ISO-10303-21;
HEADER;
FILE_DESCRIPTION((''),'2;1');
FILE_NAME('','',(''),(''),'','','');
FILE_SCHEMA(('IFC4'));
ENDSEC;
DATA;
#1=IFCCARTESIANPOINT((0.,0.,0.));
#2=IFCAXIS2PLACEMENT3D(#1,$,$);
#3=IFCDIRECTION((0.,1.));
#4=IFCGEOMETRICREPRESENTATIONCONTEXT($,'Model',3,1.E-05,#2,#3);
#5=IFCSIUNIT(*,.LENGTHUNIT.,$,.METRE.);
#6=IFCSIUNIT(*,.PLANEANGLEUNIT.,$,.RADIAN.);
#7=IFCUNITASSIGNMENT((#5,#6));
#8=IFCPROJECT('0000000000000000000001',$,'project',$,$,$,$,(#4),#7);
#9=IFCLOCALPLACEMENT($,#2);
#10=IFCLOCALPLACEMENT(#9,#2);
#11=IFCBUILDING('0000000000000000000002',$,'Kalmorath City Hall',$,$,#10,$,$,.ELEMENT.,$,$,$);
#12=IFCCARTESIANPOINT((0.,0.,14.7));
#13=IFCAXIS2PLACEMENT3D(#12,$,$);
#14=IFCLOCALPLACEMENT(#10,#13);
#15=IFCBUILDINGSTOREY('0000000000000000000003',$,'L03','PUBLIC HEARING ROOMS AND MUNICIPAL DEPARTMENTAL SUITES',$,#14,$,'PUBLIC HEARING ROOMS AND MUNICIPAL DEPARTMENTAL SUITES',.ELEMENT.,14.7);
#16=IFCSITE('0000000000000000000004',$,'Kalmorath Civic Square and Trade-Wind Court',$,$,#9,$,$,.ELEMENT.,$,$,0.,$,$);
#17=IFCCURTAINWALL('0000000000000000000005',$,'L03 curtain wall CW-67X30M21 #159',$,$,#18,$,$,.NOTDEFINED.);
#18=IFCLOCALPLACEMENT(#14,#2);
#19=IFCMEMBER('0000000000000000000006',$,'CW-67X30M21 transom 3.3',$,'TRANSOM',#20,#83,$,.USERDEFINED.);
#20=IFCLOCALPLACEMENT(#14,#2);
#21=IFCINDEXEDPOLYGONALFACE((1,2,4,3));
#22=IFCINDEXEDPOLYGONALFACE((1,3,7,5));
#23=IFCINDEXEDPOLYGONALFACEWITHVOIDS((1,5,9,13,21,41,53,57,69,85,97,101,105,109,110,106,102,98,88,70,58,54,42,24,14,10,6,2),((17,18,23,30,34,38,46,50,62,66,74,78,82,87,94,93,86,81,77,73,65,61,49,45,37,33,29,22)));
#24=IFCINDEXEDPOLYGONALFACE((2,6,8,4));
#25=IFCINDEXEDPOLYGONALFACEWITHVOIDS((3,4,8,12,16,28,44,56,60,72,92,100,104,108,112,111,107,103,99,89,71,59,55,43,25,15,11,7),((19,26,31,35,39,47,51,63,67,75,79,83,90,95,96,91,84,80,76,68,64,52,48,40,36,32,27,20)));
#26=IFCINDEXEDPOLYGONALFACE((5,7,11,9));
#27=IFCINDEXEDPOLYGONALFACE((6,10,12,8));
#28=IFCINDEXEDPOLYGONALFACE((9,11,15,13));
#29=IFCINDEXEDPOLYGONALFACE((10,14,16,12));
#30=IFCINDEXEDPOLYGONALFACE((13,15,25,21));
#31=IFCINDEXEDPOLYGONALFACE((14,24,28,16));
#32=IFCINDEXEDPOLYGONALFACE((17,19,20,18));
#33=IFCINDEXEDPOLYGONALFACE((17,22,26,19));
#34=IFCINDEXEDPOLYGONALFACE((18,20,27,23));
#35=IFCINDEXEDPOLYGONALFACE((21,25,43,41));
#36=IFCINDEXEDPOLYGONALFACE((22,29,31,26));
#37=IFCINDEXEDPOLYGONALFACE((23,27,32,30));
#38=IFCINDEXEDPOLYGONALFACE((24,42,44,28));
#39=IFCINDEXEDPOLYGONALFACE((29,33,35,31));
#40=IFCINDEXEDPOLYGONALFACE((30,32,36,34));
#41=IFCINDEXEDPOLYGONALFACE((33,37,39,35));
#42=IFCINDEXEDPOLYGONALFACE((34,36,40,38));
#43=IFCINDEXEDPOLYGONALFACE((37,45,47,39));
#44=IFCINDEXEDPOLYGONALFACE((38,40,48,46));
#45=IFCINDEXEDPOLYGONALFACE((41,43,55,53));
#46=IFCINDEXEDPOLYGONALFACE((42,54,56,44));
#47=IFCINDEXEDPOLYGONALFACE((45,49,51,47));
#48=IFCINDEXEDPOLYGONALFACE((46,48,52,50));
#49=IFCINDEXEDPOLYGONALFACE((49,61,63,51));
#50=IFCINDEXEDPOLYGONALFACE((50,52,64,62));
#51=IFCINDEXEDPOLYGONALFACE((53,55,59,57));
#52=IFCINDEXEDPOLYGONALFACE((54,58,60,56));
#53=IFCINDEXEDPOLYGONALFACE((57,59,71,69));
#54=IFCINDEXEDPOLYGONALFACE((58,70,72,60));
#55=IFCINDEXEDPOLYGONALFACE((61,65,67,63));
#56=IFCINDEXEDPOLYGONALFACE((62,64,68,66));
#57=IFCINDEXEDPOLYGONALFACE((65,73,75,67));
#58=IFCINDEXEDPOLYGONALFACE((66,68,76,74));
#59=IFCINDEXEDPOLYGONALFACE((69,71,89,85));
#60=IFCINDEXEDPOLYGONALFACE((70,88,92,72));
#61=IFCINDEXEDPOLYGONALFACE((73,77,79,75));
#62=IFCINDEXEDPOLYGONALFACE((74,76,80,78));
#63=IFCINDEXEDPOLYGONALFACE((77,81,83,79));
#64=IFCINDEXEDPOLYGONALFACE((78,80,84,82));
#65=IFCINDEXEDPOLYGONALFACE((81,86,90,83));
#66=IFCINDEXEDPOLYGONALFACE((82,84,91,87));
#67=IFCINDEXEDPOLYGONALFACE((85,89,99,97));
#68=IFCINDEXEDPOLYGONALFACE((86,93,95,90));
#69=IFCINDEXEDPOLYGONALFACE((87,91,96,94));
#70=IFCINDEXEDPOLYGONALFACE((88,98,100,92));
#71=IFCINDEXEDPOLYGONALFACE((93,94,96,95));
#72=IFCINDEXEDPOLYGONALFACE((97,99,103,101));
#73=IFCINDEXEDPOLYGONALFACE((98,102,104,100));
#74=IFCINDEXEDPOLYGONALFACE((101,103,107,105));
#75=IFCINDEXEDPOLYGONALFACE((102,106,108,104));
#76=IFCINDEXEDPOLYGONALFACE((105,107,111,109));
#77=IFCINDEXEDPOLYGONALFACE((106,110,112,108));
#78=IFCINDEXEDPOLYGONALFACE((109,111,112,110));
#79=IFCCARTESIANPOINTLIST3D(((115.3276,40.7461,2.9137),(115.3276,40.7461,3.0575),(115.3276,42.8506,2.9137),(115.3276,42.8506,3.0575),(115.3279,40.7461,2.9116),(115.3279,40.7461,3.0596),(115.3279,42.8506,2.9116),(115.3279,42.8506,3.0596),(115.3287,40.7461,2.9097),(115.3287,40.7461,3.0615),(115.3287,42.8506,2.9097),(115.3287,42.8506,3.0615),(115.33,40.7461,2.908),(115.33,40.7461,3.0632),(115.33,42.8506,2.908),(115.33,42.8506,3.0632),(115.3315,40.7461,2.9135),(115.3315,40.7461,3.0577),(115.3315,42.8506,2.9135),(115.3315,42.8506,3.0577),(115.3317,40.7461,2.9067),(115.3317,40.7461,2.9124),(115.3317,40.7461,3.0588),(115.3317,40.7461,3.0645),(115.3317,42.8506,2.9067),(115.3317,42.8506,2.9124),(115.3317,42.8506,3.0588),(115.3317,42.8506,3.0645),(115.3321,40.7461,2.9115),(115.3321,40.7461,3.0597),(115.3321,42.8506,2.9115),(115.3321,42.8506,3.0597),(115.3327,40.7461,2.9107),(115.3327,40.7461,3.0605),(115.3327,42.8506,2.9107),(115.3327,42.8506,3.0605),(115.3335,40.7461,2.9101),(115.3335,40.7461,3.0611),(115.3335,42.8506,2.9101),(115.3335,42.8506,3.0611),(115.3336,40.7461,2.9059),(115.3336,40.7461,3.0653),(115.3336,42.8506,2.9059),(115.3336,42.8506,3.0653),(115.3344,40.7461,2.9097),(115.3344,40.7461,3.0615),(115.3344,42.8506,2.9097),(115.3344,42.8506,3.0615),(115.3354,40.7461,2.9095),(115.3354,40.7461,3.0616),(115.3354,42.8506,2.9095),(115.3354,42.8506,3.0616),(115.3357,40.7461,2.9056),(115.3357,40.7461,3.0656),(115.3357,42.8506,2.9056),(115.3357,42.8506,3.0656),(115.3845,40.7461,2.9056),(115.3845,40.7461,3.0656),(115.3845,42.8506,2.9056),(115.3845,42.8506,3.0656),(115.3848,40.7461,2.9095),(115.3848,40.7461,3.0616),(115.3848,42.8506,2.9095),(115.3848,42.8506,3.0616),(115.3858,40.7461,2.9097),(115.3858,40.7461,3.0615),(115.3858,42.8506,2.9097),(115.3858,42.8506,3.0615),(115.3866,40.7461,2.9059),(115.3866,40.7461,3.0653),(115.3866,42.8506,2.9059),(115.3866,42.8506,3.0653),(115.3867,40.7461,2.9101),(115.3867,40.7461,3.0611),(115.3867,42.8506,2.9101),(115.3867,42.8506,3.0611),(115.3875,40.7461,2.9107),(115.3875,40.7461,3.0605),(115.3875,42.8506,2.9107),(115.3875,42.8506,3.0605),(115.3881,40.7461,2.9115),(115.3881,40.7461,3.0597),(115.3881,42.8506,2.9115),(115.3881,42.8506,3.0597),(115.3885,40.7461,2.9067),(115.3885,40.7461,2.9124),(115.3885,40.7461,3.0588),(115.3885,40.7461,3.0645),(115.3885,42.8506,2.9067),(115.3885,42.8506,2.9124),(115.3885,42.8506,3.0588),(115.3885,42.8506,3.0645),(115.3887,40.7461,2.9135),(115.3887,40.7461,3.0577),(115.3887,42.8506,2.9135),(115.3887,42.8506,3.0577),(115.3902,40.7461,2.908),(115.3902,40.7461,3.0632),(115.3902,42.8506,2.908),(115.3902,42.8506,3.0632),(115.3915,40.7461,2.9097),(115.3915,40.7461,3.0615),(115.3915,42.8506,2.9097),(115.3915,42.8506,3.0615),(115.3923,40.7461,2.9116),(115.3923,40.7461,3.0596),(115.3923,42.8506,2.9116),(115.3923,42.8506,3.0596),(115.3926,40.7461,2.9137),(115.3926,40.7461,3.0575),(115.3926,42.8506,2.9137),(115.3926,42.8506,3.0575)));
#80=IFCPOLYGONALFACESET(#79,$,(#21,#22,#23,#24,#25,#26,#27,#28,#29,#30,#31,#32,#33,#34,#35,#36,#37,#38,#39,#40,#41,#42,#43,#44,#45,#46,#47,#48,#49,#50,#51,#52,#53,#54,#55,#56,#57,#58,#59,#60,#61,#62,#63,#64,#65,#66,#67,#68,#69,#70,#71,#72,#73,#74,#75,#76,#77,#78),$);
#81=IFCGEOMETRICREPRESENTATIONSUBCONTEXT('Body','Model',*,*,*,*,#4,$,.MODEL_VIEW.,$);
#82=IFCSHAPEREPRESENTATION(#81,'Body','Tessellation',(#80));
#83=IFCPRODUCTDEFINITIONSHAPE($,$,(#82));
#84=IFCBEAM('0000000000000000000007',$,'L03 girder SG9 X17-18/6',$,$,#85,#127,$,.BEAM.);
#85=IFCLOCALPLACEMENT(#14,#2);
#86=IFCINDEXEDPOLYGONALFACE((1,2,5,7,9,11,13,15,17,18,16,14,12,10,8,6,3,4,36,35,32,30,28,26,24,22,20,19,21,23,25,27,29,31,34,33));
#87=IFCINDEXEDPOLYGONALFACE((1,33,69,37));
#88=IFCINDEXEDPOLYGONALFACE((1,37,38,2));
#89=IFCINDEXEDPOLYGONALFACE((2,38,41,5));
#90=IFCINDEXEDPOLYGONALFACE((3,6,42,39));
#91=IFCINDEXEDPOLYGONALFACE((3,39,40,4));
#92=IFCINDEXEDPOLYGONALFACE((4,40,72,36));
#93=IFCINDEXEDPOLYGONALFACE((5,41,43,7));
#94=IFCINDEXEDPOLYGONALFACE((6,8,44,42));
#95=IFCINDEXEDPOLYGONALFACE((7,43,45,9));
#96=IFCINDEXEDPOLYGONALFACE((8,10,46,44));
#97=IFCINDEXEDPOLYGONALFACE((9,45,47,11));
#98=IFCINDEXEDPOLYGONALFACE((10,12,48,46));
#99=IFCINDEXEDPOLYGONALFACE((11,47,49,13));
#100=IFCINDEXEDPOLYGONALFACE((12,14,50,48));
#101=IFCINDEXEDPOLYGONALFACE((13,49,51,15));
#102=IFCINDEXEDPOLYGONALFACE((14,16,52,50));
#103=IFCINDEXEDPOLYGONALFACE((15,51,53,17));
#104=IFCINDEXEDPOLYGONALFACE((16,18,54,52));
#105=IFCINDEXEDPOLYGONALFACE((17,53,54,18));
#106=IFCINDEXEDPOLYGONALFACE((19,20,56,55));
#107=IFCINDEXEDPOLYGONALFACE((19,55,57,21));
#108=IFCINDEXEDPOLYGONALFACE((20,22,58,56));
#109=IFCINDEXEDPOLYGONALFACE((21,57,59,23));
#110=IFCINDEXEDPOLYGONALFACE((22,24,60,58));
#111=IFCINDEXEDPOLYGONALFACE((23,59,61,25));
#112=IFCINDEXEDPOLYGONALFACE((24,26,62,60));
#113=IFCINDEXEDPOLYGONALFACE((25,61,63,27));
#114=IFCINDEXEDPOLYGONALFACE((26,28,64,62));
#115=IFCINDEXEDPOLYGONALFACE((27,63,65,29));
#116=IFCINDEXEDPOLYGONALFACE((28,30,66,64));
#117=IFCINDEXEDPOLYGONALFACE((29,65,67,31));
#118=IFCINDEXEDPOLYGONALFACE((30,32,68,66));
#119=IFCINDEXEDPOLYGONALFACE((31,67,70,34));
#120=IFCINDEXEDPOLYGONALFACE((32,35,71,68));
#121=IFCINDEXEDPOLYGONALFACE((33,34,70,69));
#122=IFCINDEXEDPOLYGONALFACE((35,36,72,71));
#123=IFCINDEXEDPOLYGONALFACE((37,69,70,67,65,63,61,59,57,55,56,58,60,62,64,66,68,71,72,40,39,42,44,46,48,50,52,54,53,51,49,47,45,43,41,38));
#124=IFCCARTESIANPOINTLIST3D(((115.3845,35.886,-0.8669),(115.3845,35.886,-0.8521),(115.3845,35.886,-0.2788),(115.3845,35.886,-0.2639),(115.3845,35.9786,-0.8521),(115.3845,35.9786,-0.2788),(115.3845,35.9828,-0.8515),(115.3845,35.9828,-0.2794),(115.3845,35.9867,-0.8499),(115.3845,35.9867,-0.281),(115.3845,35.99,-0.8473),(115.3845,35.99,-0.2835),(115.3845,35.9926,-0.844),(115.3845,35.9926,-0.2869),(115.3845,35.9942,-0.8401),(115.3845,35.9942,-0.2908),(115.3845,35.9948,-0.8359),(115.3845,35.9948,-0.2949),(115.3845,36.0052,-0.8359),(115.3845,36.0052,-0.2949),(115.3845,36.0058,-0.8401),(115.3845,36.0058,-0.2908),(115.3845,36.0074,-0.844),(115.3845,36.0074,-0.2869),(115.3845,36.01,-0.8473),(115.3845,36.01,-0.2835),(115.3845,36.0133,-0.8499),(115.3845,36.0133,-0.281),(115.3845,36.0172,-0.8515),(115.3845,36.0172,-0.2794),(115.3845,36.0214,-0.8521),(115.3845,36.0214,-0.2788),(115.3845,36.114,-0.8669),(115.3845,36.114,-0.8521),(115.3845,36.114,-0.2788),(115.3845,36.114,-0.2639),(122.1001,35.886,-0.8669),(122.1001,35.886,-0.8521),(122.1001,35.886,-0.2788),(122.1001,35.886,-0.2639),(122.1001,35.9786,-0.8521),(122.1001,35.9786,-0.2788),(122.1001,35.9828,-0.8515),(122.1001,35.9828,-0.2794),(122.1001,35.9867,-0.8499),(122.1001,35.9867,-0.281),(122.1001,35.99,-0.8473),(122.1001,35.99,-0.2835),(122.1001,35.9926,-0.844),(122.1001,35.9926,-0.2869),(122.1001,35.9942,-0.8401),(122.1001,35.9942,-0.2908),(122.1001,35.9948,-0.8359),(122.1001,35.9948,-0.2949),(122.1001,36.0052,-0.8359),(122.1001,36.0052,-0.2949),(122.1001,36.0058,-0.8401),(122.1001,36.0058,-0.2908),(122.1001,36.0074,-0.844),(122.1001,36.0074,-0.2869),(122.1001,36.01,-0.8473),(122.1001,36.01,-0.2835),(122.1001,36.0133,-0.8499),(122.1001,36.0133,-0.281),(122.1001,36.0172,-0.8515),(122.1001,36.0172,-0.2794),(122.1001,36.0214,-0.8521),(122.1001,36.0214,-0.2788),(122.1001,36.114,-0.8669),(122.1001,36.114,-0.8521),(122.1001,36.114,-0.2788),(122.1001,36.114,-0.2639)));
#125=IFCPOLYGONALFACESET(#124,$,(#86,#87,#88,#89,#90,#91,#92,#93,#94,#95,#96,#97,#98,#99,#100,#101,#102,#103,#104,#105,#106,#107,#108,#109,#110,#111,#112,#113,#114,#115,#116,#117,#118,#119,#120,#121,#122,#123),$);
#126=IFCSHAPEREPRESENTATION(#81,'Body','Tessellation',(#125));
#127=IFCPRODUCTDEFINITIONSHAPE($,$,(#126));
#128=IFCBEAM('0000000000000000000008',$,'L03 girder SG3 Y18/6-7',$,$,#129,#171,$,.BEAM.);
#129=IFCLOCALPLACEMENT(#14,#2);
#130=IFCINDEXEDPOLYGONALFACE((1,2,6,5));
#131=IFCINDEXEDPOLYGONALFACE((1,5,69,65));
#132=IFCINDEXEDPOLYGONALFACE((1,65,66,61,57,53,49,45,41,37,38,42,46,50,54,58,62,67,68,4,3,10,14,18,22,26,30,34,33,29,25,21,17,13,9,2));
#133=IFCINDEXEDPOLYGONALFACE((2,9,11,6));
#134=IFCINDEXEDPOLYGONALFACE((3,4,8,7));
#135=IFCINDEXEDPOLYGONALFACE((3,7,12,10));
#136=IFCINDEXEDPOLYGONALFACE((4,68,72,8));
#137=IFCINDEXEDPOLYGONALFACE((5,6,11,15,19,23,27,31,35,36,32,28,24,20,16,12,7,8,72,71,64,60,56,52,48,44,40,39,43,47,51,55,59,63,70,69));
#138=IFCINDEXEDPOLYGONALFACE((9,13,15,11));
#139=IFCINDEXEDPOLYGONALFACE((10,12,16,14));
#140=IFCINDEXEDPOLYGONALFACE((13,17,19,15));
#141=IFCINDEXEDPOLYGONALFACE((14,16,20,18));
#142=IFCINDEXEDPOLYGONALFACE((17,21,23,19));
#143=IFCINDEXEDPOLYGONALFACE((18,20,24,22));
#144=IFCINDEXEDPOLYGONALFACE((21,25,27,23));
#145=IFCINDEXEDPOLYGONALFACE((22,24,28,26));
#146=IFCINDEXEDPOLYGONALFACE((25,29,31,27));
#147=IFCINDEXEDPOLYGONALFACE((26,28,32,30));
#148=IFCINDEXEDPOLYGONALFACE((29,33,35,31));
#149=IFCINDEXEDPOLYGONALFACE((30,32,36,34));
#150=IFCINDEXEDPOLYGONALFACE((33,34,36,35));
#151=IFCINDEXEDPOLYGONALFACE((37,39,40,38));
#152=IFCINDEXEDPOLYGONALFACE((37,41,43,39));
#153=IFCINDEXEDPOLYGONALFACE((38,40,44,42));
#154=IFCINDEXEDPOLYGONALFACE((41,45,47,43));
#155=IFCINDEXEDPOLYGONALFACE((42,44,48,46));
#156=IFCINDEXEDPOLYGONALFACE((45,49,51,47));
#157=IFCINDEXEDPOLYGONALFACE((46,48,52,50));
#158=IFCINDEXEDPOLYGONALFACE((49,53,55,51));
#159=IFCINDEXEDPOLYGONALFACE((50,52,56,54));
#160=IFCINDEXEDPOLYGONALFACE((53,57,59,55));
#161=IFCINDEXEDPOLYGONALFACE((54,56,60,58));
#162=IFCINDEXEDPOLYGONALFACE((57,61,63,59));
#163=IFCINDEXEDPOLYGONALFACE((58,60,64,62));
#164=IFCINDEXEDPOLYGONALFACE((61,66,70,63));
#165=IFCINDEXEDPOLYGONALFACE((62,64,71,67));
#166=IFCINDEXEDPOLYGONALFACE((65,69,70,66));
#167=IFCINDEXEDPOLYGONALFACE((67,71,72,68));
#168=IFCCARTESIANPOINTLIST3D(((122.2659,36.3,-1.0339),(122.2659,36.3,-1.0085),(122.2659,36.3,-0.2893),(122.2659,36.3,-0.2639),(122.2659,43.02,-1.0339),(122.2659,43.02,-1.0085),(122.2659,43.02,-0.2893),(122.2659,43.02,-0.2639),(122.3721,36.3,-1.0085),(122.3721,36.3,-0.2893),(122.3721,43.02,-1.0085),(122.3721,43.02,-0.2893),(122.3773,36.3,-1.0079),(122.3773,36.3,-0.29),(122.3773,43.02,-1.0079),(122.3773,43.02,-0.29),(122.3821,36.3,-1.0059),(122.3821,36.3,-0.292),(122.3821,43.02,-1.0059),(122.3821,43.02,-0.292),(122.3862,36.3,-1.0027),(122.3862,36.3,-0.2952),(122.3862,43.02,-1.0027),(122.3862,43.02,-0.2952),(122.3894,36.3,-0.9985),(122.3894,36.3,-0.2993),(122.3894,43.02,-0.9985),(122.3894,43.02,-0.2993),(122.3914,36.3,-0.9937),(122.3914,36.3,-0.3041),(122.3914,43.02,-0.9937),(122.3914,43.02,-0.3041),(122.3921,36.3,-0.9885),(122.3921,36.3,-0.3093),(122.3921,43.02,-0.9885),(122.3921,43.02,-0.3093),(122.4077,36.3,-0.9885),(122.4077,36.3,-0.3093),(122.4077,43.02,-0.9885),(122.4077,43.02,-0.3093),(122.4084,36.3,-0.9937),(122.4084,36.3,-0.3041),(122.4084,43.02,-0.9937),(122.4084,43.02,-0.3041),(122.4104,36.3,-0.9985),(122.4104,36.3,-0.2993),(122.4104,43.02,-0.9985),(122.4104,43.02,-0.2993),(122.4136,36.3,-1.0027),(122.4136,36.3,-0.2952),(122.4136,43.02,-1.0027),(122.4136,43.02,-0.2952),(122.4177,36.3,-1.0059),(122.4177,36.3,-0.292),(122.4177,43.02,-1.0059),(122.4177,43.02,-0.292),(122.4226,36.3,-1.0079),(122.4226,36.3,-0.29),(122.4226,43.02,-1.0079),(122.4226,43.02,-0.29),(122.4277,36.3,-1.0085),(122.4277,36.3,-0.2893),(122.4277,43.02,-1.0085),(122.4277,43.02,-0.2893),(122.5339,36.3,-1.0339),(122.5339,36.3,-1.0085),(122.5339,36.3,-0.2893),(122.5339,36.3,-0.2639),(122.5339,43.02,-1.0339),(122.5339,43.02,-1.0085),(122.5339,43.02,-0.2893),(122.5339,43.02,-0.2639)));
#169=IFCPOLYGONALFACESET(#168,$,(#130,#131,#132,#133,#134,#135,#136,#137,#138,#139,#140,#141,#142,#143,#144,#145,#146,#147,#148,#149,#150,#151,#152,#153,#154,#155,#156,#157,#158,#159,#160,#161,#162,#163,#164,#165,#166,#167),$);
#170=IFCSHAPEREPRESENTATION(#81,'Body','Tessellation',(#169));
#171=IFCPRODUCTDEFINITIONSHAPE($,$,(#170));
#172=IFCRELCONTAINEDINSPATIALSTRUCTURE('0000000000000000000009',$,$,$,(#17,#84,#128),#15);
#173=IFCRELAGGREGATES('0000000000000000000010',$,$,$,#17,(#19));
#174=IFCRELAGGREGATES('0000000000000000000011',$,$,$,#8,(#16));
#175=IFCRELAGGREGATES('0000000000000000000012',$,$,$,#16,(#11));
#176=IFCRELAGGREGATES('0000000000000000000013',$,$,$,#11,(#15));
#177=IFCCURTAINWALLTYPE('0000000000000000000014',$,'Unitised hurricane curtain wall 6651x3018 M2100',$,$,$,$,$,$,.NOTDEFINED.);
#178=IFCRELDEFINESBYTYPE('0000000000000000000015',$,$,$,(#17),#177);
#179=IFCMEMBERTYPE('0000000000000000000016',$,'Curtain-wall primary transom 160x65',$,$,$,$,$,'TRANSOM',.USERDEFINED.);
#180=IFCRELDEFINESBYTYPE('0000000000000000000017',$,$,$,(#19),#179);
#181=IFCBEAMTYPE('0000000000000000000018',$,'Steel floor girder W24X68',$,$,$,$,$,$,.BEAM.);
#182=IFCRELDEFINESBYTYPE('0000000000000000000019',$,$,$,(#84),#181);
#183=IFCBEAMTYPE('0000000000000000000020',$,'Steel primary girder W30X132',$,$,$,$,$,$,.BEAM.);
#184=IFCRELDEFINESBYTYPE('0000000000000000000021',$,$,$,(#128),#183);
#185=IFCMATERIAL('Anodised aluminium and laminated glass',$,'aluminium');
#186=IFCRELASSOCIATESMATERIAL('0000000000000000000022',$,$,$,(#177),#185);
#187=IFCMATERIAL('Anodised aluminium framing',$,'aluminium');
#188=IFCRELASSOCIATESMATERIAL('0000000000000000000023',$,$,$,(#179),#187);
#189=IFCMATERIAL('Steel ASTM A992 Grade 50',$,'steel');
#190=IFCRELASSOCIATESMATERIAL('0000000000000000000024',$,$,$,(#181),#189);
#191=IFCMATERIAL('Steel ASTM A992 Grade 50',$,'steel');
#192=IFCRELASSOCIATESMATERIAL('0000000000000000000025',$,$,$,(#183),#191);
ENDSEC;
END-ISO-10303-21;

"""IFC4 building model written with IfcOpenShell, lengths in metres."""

from ifc_helpers import new_model, si_unit, direction, frame, origin, origin_2d, place, context, subcontext, project, spatial, hollow_rectangle, i_section, extrude, material, material_profile, profile_set, type_object, element, aggregate, save


model = new_model("IFC4")

# Units and contexts
model_context = context("Model", 3, precision=1e-05, world=origin(), true_north=direction((0.0, 1.0)))
body_context = subcontext(model_context, "Body", "Model", "MODEL_VIEW")
ifc_project = project(units=[si_unit("LENGTHUNIT", "METRE"), si_unit("PLANEANGLEUNIT", "RADIAN")], contexts=[model_context])

# Site, building, storey
site_placement = place(None, origin())
site = spatial("IfcSite", under=ifc_project, at=site_placement, Name="Kalmorath Civic Square and Trade-Wind Court", CompositionType="ELEMENT", RefElevation=0.0)
building_placement = place(site_placement, origin())
building = spatial("IfcBuilding", under=site, at=building_placement, Name="Kalmorath City Hall", CompositionType="ELEMENT")
storey_placement = place(building_placement, frame((0.0, 0.0, 14.7)))
storey = spatial("IfcBuildingStorey", under=building, at=storey_placement, Name="L03", Description="PUBLIC HEARING ROOMS AND MUNICIPAL DEPARTMENTAL SUITES", LongName="PUBLIC HEARING ROOMS AND MUNICIPAL DEPARTMENTAL SUITES", CompositionType="ELEMENT", Elevation=14.7)

# Curtain wall, member
ifc_material_1 = material(Name="Anodised aluminium and laminated glass", Category="aluminium")
curtain_wall_type = type_object("IfcCurtainWallType", Name="Unitised hurricane curtain wall 6651x3018 M2100", PredefinedType="NOTDEFINED", material=ifc_material_1)
curtain_wall_placement = place(storey_placement, origin())
curtain_wall = element("IfcCurtainWall", 1, at=curtain_wall_placement, inside=storey, type_object=curtain_wall_type, Name="L03 curtain wall CW-67X30M21 #159", PredefinedType="NOTDEFINED")
ifc_material_2 = material(Name="Anodised aluminium framing", Category="aluminium")
ifc_material_profile_1 = material_profile(ifc_material_2, hollow_rectangle(XDim=0.0649, YDim=0.1599, WallThickness=0.0039, InnerFilletRadius=0.0039, OuterFilletRadius=0.0081, at=origin_2d()), Name="ALU-TRN-160X65X4")
ifc_profile_set_1 = profile_set([ifc_material_profile_1], Name="Anodised aluminium framing")
member_type_1 = type_object("IfcMemberType", Name="Curtain-wall primary transom 160x65", ElementType="TRANSOM", PredefinedType="USERDEFINED", material=ifc_profile_set_1)
member_1_placement = place(storey_placement, frame((115.3601, 40.7461, 2.9856), z_axis=(0.0, 1.0, 0.0), x_axis=(-1.0, 0.0, 0.0)))
member_1 = element("IfcMember", 2, at=member_1_placement, type_object=member_type_1, Name="CW-67X30M21 transom 3.3", ObjectType="TRANSOM", PredefinedType="USERDEFINED", context=body_context, shape_type="SweptSolid", body=[
    extrude(hollow_rectangle(XDim=0.0649, YDim=0.1599, WallThickness=0.0039, InnerFilletRadius=0.0039, OuterFilletRadius=0.0081, at=origin_2d()), origin(), (0.0, 0.0, 1.0), 2.1045),
])

# Beams
ifc_material_3 = material(Name="Steel ASTM A992 Grade 50", Category="steel")
ifc_material_profile_2 = material_profile(ifc_material_3, i_section(OverallWidth=0.228, OverallDepth=0.603, WebThickness=0.0105, FlangeThickness=0.0149, FilletRadius=0.0161, at=origin_2d()), Name="W24X68")
ifc_profile_set_2 = profile_set([ifc_material_profile_2], Name="Steel ASTM A992 Grade 50")
beam_type_1 = type_object("IfcBeamType", Name="Steel floor girder W24X68", PredefinedType="BEAM", material=ifc_profile_set_2)
beam_1_placement = place(storey_placement, frame((115.3845, 36.0, -0.5654), z_axis=(1.0, 0.0, 0.0), x_axis=(0.0, 1.0, 0.0)))
element("IfcBeam", 3, at=beam_1_placement, inside=storey, type_object=beam_type_1, Name="L03 girder SG9 X17-18/6", PredefinedType="BEAM", context=body_context, shape_type="SweptSolid", body=[
    extrude(i_section(OverallWidth=0.228, OverallDepth=0.603, WebThickness=0.0105, FlangeThickness=0.0149, FilletRadius=0.0161, at=origin_2d()), origin(), (0.0, 0.0, 1.0), 6.7156),
])
ifc_material_4 = material(Name="Steel ASTM A992 Grade 50", Category="steel")
ifc_material_profile_3 = material_profile(ifc_material_4, i_section(OverallWidth=0.2681, OverallDepth=0.77, WebThickness=0.0156, FlangeThickness=0.0254, FilletRadius=0.02, at=origin_2d()), Name="W30X132")
ifc_profile_set_3 = profile_set([ifc_material_profile_3], Name="Steel ASTM A992 Grade 50")
beam_type_2 = type_object("IfcBeamType", Name="Steel primary girder W30X132", PredefinedType="BEAM", material=ifc_profile_set_3)
beam_2_placement = place(storey_placement, frame((122.3999, 36.3, -0.6489), z_axis=(0.0, 1.0, 0.0), x_axis=(-1.0, 0.0, 0.0)))
element("IfcBeam", 4, at=beam_2_placement, inside=storey, type_object=beam_type_2, Name="L03 girder SG3 Y18/6-7", PredefinedType="BEAM", context=body_context, shape_type="SweptSolid", body=[
    extrude(i_section(OverallWidth=0.2681, OverallDepth=0.77, WebThickness=0.0156, FlangeThickness=0.0254, FilletRadius=0.02, at=origin_2d()), origin(), (0.0, 0.0, 1.0), 6.72),
])

aggregate(curtain_wall, [member_1])

save(model, "model.ifc")
